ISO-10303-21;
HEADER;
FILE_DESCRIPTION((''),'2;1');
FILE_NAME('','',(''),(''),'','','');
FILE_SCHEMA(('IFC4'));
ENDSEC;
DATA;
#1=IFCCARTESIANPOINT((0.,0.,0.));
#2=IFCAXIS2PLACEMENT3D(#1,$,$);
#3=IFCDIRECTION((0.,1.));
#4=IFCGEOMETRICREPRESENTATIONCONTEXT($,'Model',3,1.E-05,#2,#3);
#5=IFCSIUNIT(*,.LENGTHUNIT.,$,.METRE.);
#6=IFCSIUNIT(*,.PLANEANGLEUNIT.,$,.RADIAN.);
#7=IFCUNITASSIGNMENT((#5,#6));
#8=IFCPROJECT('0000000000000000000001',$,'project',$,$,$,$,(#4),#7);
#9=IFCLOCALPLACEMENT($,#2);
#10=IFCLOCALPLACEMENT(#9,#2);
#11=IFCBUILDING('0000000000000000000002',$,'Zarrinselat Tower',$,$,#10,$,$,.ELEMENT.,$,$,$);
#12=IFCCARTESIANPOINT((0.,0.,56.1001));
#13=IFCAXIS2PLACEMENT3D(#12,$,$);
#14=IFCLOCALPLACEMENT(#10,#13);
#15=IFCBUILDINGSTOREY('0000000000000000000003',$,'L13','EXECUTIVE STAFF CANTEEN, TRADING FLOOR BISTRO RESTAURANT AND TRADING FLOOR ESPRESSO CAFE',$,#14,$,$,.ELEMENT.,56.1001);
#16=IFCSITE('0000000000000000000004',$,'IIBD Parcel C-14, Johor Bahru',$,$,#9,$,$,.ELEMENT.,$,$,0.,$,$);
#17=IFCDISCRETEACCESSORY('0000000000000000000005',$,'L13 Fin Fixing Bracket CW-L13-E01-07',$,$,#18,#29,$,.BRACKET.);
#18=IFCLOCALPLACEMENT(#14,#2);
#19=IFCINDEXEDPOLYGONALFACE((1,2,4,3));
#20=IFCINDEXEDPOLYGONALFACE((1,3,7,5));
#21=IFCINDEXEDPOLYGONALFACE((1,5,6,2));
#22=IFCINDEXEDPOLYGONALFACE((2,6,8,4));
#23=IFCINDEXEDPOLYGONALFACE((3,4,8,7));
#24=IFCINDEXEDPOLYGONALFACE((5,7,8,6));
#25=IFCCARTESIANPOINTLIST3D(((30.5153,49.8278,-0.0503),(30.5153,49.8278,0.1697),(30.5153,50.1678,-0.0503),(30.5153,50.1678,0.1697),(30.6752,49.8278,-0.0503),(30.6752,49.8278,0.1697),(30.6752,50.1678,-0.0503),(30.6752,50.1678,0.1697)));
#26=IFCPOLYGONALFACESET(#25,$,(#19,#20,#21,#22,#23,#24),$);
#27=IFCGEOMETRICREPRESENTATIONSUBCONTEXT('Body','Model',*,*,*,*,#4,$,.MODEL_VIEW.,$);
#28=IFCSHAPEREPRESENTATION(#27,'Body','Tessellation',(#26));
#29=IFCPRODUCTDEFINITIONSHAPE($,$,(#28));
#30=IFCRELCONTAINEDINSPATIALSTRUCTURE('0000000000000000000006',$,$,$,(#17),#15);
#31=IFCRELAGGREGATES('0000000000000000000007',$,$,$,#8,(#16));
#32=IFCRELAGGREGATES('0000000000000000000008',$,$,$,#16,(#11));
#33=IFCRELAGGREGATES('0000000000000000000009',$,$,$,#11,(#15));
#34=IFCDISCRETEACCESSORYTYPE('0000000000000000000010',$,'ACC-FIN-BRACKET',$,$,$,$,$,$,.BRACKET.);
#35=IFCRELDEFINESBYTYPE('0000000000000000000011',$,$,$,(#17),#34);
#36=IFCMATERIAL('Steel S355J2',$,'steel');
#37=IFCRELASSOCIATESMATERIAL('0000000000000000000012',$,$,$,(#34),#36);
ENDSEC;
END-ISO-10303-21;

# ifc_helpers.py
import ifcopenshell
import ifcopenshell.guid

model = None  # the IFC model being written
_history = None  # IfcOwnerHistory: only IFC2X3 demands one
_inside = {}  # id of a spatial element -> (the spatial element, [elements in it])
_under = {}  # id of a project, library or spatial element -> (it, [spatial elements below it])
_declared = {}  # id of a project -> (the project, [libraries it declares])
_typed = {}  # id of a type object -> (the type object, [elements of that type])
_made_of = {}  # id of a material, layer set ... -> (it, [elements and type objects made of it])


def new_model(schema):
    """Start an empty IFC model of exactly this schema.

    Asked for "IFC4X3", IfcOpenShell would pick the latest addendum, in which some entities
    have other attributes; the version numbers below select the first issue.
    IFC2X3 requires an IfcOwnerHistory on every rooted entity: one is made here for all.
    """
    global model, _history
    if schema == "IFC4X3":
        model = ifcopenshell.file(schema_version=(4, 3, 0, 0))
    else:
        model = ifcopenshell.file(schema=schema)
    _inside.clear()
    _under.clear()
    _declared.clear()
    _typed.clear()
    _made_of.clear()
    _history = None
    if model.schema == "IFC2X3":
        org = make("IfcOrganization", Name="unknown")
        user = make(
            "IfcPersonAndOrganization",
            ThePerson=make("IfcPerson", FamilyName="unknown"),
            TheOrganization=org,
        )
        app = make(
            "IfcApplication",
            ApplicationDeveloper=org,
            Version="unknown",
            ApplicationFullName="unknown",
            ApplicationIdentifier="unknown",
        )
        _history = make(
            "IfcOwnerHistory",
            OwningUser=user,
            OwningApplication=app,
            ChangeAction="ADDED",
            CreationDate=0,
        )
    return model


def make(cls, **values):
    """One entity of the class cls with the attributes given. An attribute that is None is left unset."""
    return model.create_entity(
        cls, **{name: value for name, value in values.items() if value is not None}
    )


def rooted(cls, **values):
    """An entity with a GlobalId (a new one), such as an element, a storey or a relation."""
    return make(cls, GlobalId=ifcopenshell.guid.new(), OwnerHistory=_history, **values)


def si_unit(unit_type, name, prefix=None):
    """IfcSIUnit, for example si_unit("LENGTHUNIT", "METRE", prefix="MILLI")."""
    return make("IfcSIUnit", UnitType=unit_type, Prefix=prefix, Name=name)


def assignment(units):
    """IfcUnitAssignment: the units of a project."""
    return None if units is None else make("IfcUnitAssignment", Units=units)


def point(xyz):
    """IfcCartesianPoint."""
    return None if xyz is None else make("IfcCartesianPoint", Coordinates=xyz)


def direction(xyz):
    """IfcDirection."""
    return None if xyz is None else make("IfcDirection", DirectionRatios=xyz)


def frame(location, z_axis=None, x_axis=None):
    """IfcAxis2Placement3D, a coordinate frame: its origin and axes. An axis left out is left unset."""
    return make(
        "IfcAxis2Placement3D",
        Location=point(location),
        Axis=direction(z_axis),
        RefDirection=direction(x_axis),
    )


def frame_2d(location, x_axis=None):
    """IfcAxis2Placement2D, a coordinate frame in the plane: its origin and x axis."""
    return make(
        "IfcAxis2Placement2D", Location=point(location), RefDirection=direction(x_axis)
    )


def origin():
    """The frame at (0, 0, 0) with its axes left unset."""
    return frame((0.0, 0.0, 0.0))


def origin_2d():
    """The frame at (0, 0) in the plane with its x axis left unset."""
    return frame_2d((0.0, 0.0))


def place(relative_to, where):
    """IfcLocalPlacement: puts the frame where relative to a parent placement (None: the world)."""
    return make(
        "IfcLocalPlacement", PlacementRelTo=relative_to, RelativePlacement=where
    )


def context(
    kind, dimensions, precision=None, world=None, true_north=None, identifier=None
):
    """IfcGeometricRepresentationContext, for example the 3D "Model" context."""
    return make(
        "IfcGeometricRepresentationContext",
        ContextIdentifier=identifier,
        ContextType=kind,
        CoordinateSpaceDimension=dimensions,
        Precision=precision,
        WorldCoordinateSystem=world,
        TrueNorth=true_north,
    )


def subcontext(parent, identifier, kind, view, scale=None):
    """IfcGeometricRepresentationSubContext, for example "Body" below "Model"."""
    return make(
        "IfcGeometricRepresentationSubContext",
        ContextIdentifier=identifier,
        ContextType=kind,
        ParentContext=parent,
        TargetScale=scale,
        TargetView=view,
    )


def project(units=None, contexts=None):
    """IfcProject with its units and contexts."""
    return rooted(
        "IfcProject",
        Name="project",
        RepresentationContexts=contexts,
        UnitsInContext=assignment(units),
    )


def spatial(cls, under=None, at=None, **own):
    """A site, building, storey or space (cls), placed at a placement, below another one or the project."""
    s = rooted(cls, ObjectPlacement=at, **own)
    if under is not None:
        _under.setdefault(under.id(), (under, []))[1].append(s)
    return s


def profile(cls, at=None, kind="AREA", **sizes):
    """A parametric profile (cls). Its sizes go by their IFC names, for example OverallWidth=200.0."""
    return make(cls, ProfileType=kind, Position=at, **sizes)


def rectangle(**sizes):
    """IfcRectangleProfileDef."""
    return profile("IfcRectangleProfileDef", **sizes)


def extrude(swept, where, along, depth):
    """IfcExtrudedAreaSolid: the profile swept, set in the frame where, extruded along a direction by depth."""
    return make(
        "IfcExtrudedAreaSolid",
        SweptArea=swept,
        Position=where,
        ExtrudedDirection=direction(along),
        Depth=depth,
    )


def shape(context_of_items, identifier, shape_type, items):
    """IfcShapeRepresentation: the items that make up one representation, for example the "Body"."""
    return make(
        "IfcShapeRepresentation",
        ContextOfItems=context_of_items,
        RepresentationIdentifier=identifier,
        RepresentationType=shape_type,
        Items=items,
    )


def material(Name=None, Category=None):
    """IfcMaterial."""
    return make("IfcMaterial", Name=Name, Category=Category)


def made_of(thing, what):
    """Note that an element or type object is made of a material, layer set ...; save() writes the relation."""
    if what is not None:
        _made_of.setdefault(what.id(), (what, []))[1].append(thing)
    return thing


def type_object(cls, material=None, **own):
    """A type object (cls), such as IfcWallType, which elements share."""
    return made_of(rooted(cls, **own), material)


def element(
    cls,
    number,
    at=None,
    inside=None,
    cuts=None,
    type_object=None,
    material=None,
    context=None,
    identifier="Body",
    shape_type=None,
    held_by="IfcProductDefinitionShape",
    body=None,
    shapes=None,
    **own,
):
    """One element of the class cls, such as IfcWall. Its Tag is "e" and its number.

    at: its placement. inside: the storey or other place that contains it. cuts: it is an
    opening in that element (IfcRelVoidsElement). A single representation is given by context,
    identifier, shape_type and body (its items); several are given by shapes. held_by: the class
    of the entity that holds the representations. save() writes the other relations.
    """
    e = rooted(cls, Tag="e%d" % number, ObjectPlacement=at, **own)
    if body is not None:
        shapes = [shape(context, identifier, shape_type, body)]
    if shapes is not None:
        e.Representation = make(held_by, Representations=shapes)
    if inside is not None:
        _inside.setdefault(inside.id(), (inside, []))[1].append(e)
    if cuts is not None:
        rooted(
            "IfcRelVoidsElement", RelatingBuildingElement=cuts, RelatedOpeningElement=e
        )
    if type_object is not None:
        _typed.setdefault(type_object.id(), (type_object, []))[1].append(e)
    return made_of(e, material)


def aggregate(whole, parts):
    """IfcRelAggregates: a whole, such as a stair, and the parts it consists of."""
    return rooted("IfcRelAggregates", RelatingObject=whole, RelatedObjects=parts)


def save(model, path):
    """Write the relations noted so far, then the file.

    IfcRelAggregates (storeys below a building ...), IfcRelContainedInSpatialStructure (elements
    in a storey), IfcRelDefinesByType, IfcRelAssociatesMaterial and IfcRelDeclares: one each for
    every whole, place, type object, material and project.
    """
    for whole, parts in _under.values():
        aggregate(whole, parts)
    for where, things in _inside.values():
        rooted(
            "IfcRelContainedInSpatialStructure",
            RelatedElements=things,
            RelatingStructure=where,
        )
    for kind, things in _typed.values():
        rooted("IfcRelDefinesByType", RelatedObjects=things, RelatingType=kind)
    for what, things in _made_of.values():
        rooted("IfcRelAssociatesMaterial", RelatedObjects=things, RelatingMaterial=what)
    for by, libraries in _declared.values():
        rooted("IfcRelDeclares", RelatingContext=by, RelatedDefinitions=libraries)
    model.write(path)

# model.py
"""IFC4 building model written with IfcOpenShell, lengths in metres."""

from ifc_helpers import new_model, si_unit, direction, frame, origin, origin_2d, place, context, subcontext, project, spatial, rectangle, extrude, material, type_object, element, save


model = new_model("IFC4")

# Units and contexts
model_context = context("Model", 3, precision=1e-05, world=origin(), true_north=direction((0.0, 1.0)))
body_context = subcontext(model_context, "Body", "Model", "MODEL_VIEW")
ifc_project = project(units=[si_unit("LENGTHUNIT", "METRE"), si_unit("PLANEANGLEUNIT", "RADIAN")], contexts=[model_context])

# Site, building, storey
site_placement = place(None, origin())
site = spatial("IfcSite", under=ifc_project, at=site_placement, Name="IIBD Parcel C-14, Johor Bahru", CompositionType="ELEMENT", RefElevation=0.0)
building_placement = place(site_placement, origin())
building = spatial("IfcBuilding", under=site, at=building_placement, Name="Zarrinselat Tower", CompositionType="ELEMENT")
storey_placement = place(building_placement, frame((0.0, 0.0, 56.1001)))
storey = spatial("IfcBuildingStorey", under=building, at=storey_placement, Name="L13", Description="EXECUTIVE STAFF CANTEEN, TRADING FLOOR BISTRO RESTAURANT AND TRADING FLOOR ESPRESSO CAFE", CompositionType="ELEMENT", Elevation=56.1001)

# Discrete accessory
ifc_material_1 = material(Name="Steel S355J2", Category="steel")
discrete_accessory_type = type_object("IfcDiscreteAccessoryType", Name="ACC-FIN-BRACKET", PredefinedType="BRACKET", material=ifc_material_1)
discrete_accessory_placement = place(storey_placement, frame((30.5952, 49.9978, -0.0503), z_axis=(0.0, 0.0, 1.0), x_axis=(0.0, 1.0, 0.0)))
element("IfcDiscreteAccessory", 1, at=discrete_accessory_placement, inside=storey, type_object=discrete_accessory_type, Name="L13 Fin Fixing Bracket CW-L13-E01-07", PredefinedType="BRACKET", context=body_context, shape_type="SweptSolid", body=[
    extrude(rectangle(XDim=0.3401, YDim=0.1599, at=origin_2d()), origin(), (0.0, 0.0, 1.0), 0.22),
])

save(model, "model.ifc")
